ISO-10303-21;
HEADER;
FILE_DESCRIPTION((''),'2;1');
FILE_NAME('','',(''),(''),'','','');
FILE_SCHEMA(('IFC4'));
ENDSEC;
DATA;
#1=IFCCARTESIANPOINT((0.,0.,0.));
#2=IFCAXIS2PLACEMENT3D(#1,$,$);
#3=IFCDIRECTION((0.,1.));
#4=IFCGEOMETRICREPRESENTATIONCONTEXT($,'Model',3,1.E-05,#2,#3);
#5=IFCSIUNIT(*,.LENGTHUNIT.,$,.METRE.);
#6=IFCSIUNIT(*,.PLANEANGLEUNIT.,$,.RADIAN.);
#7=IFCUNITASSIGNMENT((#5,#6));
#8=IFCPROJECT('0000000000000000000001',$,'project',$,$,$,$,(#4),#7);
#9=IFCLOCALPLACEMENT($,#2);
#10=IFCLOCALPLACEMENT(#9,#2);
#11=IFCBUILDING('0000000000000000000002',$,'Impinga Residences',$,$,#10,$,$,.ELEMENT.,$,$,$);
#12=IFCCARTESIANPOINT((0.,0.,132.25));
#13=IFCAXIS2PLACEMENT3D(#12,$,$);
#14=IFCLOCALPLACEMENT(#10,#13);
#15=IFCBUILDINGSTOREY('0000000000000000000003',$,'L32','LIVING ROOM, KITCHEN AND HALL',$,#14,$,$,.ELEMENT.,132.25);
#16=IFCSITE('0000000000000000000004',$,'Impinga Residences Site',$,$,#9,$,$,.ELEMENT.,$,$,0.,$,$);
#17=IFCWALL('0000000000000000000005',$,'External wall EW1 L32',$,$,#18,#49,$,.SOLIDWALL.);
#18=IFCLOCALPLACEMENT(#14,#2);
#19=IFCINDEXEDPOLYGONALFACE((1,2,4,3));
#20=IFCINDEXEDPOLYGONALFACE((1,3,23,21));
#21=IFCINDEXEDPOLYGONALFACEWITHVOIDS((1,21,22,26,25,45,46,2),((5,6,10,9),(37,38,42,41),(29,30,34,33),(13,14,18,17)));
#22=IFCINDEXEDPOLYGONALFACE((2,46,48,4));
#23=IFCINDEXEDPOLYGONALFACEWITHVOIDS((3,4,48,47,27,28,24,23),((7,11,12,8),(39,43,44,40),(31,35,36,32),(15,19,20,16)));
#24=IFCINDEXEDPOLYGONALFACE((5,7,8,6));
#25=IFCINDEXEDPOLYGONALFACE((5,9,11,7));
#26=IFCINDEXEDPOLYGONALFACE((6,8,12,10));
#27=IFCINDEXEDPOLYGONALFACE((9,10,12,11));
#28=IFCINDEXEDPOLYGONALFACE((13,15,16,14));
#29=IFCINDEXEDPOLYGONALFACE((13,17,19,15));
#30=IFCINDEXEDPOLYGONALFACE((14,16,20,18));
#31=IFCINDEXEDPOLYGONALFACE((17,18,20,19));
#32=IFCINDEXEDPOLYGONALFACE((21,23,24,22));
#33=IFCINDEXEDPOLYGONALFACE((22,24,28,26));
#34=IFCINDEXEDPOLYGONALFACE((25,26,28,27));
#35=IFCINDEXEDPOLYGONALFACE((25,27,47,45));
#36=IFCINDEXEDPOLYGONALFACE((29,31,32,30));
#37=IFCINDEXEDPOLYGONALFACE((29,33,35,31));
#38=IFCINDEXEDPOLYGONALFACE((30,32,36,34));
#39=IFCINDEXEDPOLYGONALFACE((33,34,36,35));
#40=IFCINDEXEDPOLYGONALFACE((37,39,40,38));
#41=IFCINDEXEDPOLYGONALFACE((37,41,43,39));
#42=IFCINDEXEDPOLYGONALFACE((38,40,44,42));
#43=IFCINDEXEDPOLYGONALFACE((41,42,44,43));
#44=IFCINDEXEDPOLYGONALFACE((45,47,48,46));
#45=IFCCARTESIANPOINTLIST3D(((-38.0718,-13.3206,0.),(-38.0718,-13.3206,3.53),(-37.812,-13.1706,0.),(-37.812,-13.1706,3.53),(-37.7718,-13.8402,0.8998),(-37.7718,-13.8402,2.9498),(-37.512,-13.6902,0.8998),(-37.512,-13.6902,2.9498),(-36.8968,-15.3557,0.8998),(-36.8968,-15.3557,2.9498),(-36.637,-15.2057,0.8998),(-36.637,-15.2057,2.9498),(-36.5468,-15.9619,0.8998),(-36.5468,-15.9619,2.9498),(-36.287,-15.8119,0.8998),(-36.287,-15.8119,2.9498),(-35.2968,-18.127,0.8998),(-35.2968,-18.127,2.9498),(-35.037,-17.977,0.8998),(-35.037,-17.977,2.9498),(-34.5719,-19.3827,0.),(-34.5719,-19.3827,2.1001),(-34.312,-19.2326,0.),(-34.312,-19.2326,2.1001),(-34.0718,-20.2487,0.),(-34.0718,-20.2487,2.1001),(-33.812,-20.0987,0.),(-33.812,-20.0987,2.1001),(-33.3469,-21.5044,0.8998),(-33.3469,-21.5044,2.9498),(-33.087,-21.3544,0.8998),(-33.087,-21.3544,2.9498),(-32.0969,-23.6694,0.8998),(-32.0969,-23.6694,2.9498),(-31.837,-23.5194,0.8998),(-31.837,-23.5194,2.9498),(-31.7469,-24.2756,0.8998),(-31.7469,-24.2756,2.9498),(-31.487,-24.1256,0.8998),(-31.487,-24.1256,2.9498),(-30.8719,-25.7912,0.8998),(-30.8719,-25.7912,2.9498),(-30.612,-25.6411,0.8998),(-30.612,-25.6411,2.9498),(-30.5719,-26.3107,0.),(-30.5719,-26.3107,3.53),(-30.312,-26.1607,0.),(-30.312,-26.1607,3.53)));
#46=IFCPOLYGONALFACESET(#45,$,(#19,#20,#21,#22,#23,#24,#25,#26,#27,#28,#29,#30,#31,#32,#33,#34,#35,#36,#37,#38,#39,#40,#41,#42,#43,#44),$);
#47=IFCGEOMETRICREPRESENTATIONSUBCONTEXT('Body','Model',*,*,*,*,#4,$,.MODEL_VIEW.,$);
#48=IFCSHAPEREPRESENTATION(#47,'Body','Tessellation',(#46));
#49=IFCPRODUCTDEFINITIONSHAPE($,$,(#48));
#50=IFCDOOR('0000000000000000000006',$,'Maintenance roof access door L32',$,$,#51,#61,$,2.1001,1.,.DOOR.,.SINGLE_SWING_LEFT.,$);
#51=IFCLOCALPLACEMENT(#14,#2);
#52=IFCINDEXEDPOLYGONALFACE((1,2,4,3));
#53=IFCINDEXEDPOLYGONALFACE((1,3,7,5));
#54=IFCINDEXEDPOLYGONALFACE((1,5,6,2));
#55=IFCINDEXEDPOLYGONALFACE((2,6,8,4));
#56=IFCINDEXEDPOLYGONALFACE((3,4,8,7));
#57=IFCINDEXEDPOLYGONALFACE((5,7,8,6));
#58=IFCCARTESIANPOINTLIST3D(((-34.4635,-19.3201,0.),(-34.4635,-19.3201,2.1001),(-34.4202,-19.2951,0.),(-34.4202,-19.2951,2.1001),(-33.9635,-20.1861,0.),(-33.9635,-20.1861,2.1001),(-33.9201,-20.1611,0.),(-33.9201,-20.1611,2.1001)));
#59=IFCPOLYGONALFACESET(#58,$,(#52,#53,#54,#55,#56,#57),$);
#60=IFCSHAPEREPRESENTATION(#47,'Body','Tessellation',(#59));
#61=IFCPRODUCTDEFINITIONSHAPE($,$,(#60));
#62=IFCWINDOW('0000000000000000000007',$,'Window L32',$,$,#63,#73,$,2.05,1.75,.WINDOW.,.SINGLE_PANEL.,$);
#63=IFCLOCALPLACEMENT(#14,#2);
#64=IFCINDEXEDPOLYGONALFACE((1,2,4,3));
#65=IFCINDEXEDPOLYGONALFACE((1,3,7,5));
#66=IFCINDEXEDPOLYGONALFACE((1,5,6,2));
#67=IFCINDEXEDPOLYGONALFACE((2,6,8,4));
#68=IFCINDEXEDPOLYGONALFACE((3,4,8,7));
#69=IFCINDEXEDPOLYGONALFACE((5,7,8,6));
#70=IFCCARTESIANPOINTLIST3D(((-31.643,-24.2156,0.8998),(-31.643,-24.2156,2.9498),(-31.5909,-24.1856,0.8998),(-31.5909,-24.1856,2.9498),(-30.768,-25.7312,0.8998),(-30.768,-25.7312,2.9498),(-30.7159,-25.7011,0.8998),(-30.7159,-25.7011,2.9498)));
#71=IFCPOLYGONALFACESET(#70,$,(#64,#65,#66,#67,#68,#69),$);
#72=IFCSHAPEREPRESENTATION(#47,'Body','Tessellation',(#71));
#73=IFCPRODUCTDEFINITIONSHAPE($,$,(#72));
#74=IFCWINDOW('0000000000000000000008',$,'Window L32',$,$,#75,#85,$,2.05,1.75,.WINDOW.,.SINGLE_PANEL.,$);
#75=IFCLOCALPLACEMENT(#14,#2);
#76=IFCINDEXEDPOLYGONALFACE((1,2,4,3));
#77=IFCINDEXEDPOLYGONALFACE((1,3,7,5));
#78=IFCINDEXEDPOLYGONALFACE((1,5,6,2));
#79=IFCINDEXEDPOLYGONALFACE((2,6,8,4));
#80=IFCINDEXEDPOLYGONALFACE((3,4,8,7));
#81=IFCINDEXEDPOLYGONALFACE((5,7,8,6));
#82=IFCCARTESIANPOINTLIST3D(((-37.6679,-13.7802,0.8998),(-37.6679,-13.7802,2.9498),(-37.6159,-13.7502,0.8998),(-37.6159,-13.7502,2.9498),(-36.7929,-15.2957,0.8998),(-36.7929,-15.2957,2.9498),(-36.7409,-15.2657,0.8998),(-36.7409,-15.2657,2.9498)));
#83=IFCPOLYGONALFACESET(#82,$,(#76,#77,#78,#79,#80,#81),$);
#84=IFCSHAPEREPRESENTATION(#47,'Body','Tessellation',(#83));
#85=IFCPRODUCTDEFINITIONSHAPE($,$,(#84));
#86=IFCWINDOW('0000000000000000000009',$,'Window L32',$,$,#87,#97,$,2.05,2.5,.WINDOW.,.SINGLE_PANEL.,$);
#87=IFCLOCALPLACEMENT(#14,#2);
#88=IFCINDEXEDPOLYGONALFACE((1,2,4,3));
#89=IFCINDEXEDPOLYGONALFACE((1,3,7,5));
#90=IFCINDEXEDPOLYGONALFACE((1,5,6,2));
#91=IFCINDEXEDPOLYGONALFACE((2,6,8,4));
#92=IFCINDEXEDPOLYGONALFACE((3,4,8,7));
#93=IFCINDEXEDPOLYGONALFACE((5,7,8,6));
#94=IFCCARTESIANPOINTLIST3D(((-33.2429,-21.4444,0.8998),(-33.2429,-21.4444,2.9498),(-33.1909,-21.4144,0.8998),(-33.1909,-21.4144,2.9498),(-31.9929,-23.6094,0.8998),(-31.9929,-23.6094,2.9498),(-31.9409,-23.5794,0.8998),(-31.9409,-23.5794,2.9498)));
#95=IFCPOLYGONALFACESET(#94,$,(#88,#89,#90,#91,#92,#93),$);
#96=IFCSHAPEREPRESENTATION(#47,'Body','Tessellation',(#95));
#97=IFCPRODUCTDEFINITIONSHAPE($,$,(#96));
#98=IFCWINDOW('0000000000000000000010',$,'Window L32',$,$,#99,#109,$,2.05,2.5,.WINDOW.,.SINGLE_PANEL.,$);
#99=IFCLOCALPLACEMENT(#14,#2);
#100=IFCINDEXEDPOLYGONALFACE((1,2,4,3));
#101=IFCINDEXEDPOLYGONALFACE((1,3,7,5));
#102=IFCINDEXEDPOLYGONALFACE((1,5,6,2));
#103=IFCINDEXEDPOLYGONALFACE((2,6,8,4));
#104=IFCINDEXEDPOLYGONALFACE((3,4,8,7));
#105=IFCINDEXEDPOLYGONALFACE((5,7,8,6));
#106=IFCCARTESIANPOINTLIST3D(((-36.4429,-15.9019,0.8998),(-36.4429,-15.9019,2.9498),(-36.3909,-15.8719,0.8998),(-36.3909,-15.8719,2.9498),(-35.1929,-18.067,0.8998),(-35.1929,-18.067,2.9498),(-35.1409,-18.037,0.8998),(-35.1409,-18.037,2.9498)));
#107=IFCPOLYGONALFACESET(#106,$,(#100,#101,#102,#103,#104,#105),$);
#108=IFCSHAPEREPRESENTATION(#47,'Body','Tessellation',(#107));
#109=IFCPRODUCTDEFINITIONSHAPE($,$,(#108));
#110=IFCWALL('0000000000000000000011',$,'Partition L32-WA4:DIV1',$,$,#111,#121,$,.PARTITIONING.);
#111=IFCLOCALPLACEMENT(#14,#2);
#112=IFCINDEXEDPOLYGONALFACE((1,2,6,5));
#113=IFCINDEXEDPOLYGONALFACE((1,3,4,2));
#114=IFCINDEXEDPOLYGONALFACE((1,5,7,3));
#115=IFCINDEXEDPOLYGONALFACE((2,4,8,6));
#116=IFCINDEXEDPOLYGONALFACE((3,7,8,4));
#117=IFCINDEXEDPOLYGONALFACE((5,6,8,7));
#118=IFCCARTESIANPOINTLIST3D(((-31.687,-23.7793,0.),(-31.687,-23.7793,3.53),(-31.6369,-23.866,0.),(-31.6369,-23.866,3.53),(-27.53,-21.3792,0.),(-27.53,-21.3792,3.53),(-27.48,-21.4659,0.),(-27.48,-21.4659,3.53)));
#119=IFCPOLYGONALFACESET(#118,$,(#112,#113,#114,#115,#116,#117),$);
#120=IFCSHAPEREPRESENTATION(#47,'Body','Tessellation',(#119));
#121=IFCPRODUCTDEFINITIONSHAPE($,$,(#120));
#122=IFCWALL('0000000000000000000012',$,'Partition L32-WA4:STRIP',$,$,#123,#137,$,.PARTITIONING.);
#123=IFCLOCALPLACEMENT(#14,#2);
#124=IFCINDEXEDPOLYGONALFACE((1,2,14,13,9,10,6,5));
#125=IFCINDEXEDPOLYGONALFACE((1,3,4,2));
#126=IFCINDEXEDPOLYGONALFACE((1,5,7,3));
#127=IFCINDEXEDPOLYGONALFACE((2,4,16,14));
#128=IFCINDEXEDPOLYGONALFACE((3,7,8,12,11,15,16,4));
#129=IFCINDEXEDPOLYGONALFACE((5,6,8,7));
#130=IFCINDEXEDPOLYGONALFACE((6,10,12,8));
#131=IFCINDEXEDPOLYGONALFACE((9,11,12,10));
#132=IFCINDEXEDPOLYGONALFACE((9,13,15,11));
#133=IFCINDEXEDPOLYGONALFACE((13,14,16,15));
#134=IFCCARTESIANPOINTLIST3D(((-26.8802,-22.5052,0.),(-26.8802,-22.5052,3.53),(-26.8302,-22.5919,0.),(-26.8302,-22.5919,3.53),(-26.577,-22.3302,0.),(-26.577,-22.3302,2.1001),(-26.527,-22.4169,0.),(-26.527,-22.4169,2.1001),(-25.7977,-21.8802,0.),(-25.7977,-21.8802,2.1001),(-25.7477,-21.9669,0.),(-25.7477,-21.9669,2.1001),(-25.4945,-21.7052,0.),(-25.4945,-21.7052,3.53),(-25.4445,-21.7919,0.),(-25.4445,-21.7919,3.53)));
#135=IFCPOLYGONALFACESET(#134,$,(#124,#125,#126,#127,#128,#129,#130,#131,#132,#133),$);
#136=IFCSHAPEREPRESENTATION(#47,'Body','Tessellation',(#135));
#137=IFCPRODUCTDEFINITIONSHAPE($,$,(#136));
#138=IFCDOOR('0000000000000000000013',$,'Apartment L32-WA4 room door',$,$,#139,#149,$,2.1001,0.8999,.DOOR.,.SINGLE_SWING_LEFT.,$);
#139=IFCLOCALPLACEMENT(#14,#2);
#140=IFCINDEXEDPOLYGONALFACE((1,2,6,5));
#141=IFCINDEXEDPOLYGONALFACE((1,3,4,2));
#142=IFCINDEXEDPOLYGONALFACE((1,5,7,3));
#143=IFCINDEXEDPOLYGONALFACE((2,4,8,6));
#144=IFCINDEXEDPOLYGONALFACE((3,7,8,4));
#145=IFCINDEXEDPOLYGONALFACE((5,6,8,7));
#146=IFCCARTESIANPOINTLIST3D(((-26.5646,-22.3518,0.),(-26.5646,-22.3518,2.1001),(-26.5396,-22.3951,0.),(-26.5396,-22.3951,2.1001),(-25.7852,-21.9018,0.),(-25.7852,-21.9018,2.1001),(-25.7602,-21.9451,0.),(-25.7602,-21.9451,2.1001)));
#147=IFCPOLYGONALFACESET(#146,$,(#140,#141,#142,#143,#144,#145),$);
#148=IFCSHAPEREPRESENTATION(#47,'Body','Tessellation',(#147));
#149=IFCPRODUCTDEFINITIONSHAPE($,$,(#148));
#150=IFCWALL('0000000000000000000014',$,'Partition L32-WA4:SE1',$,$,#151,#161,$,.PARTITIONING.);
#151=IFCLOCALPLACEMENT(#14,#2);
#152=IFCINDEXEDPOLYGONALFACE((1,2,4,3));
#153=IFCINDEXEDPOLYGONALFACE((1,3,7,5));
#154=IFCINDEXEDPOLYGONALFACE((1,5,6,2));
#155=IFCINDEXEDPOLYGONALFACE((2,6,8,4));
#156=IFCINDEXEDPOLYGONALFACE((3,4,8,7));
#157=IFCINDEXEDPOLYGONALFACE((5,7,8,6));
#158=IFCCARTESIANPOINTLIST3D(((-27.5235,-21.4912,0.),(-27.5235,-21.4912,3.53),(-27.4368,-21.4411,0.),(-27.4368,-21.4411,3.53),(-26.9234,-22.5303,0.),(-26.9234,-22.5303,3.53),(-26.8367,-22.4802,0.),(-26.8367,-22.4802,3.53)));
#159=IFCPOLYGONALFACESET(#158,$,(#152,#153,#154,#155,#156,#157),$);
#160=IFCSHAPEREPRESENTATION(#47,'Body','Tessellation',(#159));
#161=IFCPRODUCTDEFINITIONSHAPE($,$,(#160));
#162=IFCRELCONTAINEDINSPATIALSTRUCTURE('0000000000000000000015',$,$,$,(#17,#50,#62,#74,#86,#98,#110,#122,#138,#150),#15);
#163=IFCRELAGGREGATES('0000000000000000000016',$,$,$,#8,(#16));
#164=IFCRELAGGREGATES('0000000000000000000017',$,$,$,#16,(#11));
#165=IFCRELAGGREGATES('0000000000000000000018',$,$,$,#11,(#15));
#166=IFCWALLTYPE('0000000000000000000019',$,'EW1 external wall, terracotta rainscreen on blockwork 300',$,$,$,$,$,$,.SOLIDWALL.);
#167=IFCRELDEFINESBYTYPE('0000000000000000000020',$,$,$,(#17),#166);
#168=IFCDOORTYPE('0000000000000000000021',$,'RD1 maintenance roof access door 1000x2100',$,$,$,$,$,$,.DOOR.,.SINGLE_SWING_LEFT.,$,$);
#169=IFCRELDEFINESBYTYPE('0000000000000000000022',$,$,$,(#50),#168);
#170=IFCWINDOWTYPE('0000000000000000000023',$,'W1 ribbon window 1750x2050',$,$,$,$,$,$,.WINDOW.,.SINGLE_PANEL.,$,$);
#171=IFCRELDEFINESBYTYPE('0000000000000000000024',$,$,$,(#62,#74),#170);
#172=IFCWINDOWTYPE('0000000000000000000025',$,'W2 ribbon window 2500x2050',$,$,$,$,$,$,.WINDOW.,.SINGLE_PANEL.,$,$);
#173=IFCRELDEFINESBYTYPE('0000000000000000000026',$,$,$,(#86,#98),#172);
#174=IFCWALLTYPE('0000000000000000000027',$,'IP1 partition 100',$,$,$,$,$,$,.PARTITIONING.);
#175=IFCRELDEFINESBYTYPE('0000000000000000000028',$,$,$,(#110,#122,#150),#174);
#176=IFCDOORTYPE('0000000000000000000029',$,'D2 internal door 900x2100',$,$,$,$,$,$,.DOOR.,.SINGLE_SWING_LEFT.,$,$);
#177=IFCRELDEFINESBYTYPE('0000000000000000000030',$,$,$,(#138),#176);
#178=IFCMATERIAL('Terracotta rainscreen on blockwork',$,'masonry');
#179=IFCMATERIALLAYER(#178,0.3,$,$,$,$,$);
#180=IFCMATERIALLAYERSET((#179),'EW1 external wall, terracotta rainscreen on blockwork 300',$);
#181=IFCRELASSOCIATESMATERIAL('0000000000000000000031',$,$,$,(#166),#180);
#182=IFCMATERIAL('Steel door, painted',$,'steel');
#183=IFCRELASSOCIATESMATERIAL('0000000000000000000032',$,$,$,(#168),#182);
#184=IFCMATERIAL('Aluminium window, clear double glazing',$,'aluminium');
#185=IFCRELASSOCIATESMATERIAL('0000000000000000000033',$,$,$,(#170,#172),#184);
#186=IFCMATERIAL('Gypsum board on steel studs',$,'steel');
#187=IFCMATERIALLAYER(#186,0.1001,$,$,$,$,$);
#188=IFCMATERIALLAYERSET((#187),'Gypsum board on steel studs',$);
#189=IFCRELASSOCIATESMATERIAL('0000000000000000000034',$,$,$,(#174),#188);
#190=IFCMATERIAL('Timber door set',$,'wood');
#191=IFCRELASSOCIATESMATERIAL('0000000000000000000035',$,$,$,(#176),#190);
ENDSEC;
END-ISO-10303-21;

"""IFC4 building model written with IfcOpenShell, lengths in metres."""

from ifc_helpers import new_model, si_unit, direction, frame, frame_2d, origin, place, context, subcontext, project, spatial, rectangle, extrude, material, layer, layer_set, type_object, element, fill, save


model = new_model("IFC4")

# Units and contexts
model_context = context("Model", 3, precision=1e-05, world=origin(), true_north=direction((0.0, 1.0)))
body_context = subcontext(model_context, "Body", "Model", "MODEL_VIEW")
ifc_project = project(units=[si_unit("LENGTHUNIT", "METRE"), si_unit("PLANEANGLEUNIT", "RADIAN")], contexts=[model_context])

# Site, building, storey
site_placement = place(None, origin())
site = spatial("IfcSite", under=ifc_project, at=site_placement, Name="Impinga Residences Site", CompositionType="ELEMENT", RefElevation=0.0)
building_placement = place(site_placement, origin())
building = spatial("IfcBuilding", under=site, at=building_placement, Name="Impinga Residences", CompositionType="ELEMENT")
storey_placement = place(building_placement, frame((0.0, 0.0, 132.25)))
storey = spatial("IfcBuildingStorey", under=building, at=storey_placement, Name="L32", Description="LIVING ROOM, KITCHEN AND HALL", CompositionType="ELEMENT", Elevation=132.25)

# Shared definitions
ifc_material_1 = material(Name="Terracotta rainscreen on blockwork", Category="masonry")
ifc_layer_1 = layer(ifc_material_1, 0.3)
ifc_layer_set_1 = layer_set([ifc_layer_1], Name="EW1 external wall, terracotta rainscreen on blockwork 300")
wall_type_1 = type_object("IfcWallType", Name="EW1 external wall, terracotta rainscreen on blockwork 300", PredefinedType="SOLIDWALL", material=ifc_layer_set_1)

# Wall, openings, door, windows
wall_1_placement = place(storey_placement, frame((-30.4419, -26.2358, 0.0), z_axis=(0.0, 0.0, 1.0), x_axis=(-0.500004, 0.866023, 0.0)))
wall_1 = element("IfcWall", 1, at=wall_1_placement, inside=storey, type_object=wall_type_1, Name="External wall EW1 L32", PredefinedType="SOLIDWALL", context=body_context, shape_type="SweptSolid", body=[
    extrude(rectangle(XDim=14.9998, YDim=0.3, at=frame_2d((7.5, 0.0))), origin(), (0.0, 0.0, 1.0), 3.53),
])
opening_1_placement = place(wall_1_placement, frame((7.0, 0.0, 0.0)))
opening_1 = element("IfcOpeningElement", 2, at=opening_1_placement, cuts=wall_1, PredefinedType="OPENING", context=body_context, shape_type="SweptSolid", body=[
    extrude(rectangle(XDim=1.0, YDim=2.1001, at=frame_2d((0.5, 1.05))), frame((0.0, 0.1599, 0.0), z_axis=(0.0, -1.0, 0.0), x_axis=(1.0, 0.0, 0.0)), (0.0, 0.0, 1.0), 0.3201),
])
opening_2_placement = place(wall_1_placement, frame((0.6001, 0.0, 0.8999)))
opening_2 = element("IfcOpeningElement", 3, at=opening_2_placement, cuts=wall_1, PredefinedType="OPENING", context=body_context, shape_type="SweptSolid", body=[
    extrude(rectangle(XDim=1.75, YDim=2.05, at=frame_2d((0.875, 1.0249))), frame((0.0, 0.1599, 0.0), z_axis=(0.0, -1.0, 0.0), x_axis=(1.0, 0.0, 0.0)), (0.0, 0.0, 1.0), 0.3201),
])
opening_3_placement = place(wall_1_placement, frame((3.05, 0.0, 0.8999)))
opening_3 = element("IfcOpeningElement", 4, at=opening_3_placement, cuts=wall_1, PredefinedType="OPENING", context=body_context, shape_type="SweptSolid", body=[
    extrude(rectangle(XDim=2.5, YDim=2.05, at=frame_2d((1.25, 1.0249))), frame((0.0, 0.1599, 0.0), z_axis=(0.0, -1.0, 0.0), x_axis=(1.0, 0.0, 0.0)), (0.0, 0.0, 1.0), 0.3201),
])
opening_4_placement = place(wall_1_placement, frame((9.45, 0.0, 0.8999)))
opening_4 = element("IfcOpeningElement", 5, at=opening_4_placement, cuts=wall_1, PredefinedType="OPENING", context=body_context, shape_type="SweptSolid", body=[
    extrude(rectangle(XDim=2.5, YDim=2.05, at=frame_2d((1.25, 1.0249))), frame((0.0, 0.1599, 0.0), z_axis=(0.0, -1.0, 0.0), x_axis=(1.0, 0.0, 0.0)), (0.0, 0.0, 1.0), 0.3201),
])
opening_5_placement = place(wall_1_placement, frame((12.6499, 0.0, 0.8999)))
opening_5 = element("IfcOpeningElement", 6, at=opening_5_placement, cuts=wall_1, PredefinedType="OPENING", context=body_context, shape_type="SweptSolid", body=[
    extrude(rectangle(XDim=1.75, YDim=2.05, at=frame_2d((0.875, 1.0249))), frame((0.0, 0.1599, 0.0), z_axis=(0.0, -1.0, 0.0), x_axis=(1.0, 0.0, 0.0)), (0.0, 0.0, 1.0), 0.3201),
])
ifc_material_2 = material(Name="Steel door, painted", Category="steel")
door_type_1 = type_object("IfcDoorType", Name="RD1 maintenance roof access door 1000x2100", OperationType="SINGLE_SWING_LEFT", PredefinedType="DOOR", material=ifc_material_2)
door_1_placement = place(opening_1_placement, origin())
door_1 = element("IfcDoor", 7, at=door_1_placement, inside=storey, type_object=door_type_1, Name="Maintenance roof access door L32", OperationType="SINGLE_SWING_LEFT", OverallHeight=2.1001, OverallWidth=1.0, PredefinedType="DOOR", context=body_context, shape_type="SweptSolid", body=[
    extrude(rectangle(XDim=1.0, YDim=2.1001, at=frame_2d((0.5, 1.05))), frame((0.0, 0.0249, 0.0), z_axis=(0.0, -1.0, 0.0), x_axis=(1.0, 0.0, 0.0)), (0.0, 0.0, 1.0), 0.05),
])
fill(opening_1, door_1)
ifc_material_3 = material(Name="Aluminium window, clear double glazing", Category="aluminium")
window_type_1 = type_object("IfcWindowType", Name="W1 ribbon window 1750x2050", PartitioningType="SINGLE_PANEL", PredefinedType="WINDOW", material=ifc_material_3)
window_1_placement = place(opening_2_placement, origin())
window_1 = element("IfcWindow", 8, at=window_1_placement, inside=storey, type_object=window_type_1, Name="Window L32", OverallHeight=2.05, OverallWidth=1.75, PartitioningType="SINGLE_PANEL", PredefinedType="WINDOW", context=body_context, shape_type="SweptSolid", body=[
    extrude(rectangle(XDim=1.75, YDim=2.05, at=frame_2d((0.875, 1.0249))), frame((0.0, 0.03, 0.0), z_axis=(0.0, -1.0, 0.0), x_axis=(1.0, 0.0, 0.0)), (0.0, 0.0, 1.0), 0.0601),
])
fill(opening_2, window_1)
window_2_placement = place(opening_5_placement, origin())
window_2 = element("IfcWindow", 9, at=window_2_placement, inside=storey, type_object=window_type_1, Name="Window L32", OverallHeight=2.05, OverallWidth=1.75, PartitioningType="SINGLE_PANEL", PredefinedType="WINDOW", context=body_context, shape_type="SweptSolid", body=[
    extrude(rectangle(XDim=1.75, YDim=2.05, at=frame_2d((0.875, 1.0249))), frame((0.0, 0.03, 0.0), z_axis=(0.0, -1.0, 0.0), x_axis=(1.0, 0.0, 0.0)), (0.0, 0.0, 1.0), 0.0601),
])
fill(opening_5, window_2)
window_type_2 = type_object("IfcWindowType", Name="W2 ribbon window 2500x2050", PartitioningType="SINGLE_PANEL", PredefinedType="WINDOW", material=ifc_material_3)
window_3_placement = place(opening_3_placement, origin())
window_3 = element("IfcWindow", 10, at=window_3_placement, inside=storey, type_object=window_type_2, Name="Window L32", OverallHeight=2.05, OverallWidth=2.5, PartitioningType="SINGLE_PANEL", PredefinedType="WINDOW", context=body_context, shape_type="SweptSolid", body=[
    extrude(rectangle(XDim=2.5, YDim=2.05, at=frame_2d((1.25, 1.0249))), frame((0.0, 0.03, 0.0), z_axis=(0.0, -1.0, 0.0), x_axis=(1.0, 0.0, 0.0)), (0.0, 0.0, 1.0), 0.0601),
])
fill(opening_3, window_3)
window_4_placement = place(opening_4_placement, origin())
window_4 = element("IfcWindow", 11, at=window_4_placement, inside=storey, type_object=window_type_2, Name="Window L32", OverallHeight=2.05, OverallWidth=2.5, PartitioningType="SINGLE_PANEL", PredefinedType="WINDOW", context=body_context, shape_type="SweptSolid", body=[
    extrude(rectangle(XDim=2.5, YDim=2.05, at=frame_2d((1.25, 1.0249))), frame((0.0, 0.03, 0.0), z_axis=(0.0, -1.0, 0.0), x_axis=(1.0, 0.0, 0.0)), (0.0, 0.0, 1.0), 0.0601),
])
fill(opening_4, window_4)

# Wall
ifc_material_4 = material(Name="Gypsum board on steel studs", Category="steel")
ifc_layer_2 = layer(ifc_material_4, 0.1001)
ifc_layer_set_2 = layer_set([ifc_layer_2], Name="Gypsum board on steel studs")
wall_type_2 = type_object("IfcWallType", Name="IP1 partition 100", PredefinedType="PARTITIONING", material=ifc_layer_set_2)
wall_2_placement = place(storey_placement, frame((-27.5051, -21.4226, 0.0), z_axis=(0.0, 0.0, 1.0), x_axis=(-0.866015, -0.500017, 0.0)))
element("IfcWall", 12, at=wall_2_placement, inside=storey, type_object=wall_type_2, Name="Partition L32-WA4:DIV1", PredefinedType="PARTITIONING", context=body_context, shape_type="SweptSolid", body=[
    extrude(rectangle(XDim=4.8, YDim=0.1001, at=frame_2d((2.3999, 0.0))), origin(), (0.0, 0.0, 1.0), 3.53),
])

# Wall, opening, door
wall_3_placement = place(storey_placement, frame((-25.4695, -21.7485, 0.0), z_axis=(0.0, 0.0, 1.0), x_axis=(-0.866028, -0.499995, 0.0)))
wall_3 = element("IfcWall", 13, at=wall_3_placement, inside=storey, type_object=wall_type_2, Name="Partition L32-WA4:STRIP", PredefinedType="PARTITIONING", context=body_context, shape_type="SweptSolid", body=[
    extrude(rectangle(XDim=1.6001, YDim=0.1001, at=frame_2d((0.8, 0.0))), origin(), (0.0, 0.0, 1.0), 3.53),
])
opening_6_placement = place(wall_3_placement, frame((0.3501, 0.0, 0.0)))
opening_6 = element("IfcOpeningElement", 14, at=opening_6_placement, cuts=wall_3, PredefinedType="OPENING", context=body_context, shape_type="SweptSolid", body=[
    extrude(rectangle(XDim=0.8999, YDim=2.1001, at=frame_2d((0.45, 1.05))), frame((0.0, 0.0601, 0.0), z_axis=(0.0, -1.0, 0.0), x_axis=(1.0, 0.0, 0.0)), (0.0, 0.0, 1.0), 0.1201),
])
ifc_material_5 = material(Name="Timber door set", Category="wood")
door_type_2 = type_object("IfcDoorType", Name="D2 internal door 900x2100", OperationType="SINGLE_SWING_LEFT", PredefinedType="DOOR", material=ifc_material_5)
door_2_placement = place(opening_6_placement, origin())
door_2 = element("IfcDoor", 15, at=door_2_placement, inside=storey, type_object=door_type_2, Name="Apartment L32-WA4 room door", OperationType="SINGLE_SWING_LEFT", OverallHeight=2.1001, OverallWidth=0.8999, PredefinedType="DOOR", context=body_context, shape_type="SweptSolid", body=[
    extrude(rectangle(XDim=0.8999, YDim=2.1001, at=frame_2d((0.45, 1.05))), frame((0.0, 0.0249, 0.0), z_axis=(0.0, -1.0, 0.0), x_axis=(1.0, 0.0, 0.0)), (0.0, 0.0, 1.0), 0.05),
])
fill(opening_6, door_2)

# Wall
wall_4_placement = place(storey_placement, frame((-27.4802, -21.4661, 0.0), z_axis=(0.0, 0.0, 1.0), x_axis=(0.500122, -0.865955, 0.0)))
element("IfcWall", 16, at=wall_4_placement, inside=storey, type_object=wall_type_2, Name="Partition L32-WA4:SE1", PredefinedType="PARTITIONING", context=body_context, shape_type="SweptSolid", body=[
    extrude(rectangle(XDim=1.2, YDim=0.1001, at=frame_2d((0.6001, 0.0))), origin(), (0.0, 0.0, 1.0), 3.53),
])

save(model, "model.ifc")
